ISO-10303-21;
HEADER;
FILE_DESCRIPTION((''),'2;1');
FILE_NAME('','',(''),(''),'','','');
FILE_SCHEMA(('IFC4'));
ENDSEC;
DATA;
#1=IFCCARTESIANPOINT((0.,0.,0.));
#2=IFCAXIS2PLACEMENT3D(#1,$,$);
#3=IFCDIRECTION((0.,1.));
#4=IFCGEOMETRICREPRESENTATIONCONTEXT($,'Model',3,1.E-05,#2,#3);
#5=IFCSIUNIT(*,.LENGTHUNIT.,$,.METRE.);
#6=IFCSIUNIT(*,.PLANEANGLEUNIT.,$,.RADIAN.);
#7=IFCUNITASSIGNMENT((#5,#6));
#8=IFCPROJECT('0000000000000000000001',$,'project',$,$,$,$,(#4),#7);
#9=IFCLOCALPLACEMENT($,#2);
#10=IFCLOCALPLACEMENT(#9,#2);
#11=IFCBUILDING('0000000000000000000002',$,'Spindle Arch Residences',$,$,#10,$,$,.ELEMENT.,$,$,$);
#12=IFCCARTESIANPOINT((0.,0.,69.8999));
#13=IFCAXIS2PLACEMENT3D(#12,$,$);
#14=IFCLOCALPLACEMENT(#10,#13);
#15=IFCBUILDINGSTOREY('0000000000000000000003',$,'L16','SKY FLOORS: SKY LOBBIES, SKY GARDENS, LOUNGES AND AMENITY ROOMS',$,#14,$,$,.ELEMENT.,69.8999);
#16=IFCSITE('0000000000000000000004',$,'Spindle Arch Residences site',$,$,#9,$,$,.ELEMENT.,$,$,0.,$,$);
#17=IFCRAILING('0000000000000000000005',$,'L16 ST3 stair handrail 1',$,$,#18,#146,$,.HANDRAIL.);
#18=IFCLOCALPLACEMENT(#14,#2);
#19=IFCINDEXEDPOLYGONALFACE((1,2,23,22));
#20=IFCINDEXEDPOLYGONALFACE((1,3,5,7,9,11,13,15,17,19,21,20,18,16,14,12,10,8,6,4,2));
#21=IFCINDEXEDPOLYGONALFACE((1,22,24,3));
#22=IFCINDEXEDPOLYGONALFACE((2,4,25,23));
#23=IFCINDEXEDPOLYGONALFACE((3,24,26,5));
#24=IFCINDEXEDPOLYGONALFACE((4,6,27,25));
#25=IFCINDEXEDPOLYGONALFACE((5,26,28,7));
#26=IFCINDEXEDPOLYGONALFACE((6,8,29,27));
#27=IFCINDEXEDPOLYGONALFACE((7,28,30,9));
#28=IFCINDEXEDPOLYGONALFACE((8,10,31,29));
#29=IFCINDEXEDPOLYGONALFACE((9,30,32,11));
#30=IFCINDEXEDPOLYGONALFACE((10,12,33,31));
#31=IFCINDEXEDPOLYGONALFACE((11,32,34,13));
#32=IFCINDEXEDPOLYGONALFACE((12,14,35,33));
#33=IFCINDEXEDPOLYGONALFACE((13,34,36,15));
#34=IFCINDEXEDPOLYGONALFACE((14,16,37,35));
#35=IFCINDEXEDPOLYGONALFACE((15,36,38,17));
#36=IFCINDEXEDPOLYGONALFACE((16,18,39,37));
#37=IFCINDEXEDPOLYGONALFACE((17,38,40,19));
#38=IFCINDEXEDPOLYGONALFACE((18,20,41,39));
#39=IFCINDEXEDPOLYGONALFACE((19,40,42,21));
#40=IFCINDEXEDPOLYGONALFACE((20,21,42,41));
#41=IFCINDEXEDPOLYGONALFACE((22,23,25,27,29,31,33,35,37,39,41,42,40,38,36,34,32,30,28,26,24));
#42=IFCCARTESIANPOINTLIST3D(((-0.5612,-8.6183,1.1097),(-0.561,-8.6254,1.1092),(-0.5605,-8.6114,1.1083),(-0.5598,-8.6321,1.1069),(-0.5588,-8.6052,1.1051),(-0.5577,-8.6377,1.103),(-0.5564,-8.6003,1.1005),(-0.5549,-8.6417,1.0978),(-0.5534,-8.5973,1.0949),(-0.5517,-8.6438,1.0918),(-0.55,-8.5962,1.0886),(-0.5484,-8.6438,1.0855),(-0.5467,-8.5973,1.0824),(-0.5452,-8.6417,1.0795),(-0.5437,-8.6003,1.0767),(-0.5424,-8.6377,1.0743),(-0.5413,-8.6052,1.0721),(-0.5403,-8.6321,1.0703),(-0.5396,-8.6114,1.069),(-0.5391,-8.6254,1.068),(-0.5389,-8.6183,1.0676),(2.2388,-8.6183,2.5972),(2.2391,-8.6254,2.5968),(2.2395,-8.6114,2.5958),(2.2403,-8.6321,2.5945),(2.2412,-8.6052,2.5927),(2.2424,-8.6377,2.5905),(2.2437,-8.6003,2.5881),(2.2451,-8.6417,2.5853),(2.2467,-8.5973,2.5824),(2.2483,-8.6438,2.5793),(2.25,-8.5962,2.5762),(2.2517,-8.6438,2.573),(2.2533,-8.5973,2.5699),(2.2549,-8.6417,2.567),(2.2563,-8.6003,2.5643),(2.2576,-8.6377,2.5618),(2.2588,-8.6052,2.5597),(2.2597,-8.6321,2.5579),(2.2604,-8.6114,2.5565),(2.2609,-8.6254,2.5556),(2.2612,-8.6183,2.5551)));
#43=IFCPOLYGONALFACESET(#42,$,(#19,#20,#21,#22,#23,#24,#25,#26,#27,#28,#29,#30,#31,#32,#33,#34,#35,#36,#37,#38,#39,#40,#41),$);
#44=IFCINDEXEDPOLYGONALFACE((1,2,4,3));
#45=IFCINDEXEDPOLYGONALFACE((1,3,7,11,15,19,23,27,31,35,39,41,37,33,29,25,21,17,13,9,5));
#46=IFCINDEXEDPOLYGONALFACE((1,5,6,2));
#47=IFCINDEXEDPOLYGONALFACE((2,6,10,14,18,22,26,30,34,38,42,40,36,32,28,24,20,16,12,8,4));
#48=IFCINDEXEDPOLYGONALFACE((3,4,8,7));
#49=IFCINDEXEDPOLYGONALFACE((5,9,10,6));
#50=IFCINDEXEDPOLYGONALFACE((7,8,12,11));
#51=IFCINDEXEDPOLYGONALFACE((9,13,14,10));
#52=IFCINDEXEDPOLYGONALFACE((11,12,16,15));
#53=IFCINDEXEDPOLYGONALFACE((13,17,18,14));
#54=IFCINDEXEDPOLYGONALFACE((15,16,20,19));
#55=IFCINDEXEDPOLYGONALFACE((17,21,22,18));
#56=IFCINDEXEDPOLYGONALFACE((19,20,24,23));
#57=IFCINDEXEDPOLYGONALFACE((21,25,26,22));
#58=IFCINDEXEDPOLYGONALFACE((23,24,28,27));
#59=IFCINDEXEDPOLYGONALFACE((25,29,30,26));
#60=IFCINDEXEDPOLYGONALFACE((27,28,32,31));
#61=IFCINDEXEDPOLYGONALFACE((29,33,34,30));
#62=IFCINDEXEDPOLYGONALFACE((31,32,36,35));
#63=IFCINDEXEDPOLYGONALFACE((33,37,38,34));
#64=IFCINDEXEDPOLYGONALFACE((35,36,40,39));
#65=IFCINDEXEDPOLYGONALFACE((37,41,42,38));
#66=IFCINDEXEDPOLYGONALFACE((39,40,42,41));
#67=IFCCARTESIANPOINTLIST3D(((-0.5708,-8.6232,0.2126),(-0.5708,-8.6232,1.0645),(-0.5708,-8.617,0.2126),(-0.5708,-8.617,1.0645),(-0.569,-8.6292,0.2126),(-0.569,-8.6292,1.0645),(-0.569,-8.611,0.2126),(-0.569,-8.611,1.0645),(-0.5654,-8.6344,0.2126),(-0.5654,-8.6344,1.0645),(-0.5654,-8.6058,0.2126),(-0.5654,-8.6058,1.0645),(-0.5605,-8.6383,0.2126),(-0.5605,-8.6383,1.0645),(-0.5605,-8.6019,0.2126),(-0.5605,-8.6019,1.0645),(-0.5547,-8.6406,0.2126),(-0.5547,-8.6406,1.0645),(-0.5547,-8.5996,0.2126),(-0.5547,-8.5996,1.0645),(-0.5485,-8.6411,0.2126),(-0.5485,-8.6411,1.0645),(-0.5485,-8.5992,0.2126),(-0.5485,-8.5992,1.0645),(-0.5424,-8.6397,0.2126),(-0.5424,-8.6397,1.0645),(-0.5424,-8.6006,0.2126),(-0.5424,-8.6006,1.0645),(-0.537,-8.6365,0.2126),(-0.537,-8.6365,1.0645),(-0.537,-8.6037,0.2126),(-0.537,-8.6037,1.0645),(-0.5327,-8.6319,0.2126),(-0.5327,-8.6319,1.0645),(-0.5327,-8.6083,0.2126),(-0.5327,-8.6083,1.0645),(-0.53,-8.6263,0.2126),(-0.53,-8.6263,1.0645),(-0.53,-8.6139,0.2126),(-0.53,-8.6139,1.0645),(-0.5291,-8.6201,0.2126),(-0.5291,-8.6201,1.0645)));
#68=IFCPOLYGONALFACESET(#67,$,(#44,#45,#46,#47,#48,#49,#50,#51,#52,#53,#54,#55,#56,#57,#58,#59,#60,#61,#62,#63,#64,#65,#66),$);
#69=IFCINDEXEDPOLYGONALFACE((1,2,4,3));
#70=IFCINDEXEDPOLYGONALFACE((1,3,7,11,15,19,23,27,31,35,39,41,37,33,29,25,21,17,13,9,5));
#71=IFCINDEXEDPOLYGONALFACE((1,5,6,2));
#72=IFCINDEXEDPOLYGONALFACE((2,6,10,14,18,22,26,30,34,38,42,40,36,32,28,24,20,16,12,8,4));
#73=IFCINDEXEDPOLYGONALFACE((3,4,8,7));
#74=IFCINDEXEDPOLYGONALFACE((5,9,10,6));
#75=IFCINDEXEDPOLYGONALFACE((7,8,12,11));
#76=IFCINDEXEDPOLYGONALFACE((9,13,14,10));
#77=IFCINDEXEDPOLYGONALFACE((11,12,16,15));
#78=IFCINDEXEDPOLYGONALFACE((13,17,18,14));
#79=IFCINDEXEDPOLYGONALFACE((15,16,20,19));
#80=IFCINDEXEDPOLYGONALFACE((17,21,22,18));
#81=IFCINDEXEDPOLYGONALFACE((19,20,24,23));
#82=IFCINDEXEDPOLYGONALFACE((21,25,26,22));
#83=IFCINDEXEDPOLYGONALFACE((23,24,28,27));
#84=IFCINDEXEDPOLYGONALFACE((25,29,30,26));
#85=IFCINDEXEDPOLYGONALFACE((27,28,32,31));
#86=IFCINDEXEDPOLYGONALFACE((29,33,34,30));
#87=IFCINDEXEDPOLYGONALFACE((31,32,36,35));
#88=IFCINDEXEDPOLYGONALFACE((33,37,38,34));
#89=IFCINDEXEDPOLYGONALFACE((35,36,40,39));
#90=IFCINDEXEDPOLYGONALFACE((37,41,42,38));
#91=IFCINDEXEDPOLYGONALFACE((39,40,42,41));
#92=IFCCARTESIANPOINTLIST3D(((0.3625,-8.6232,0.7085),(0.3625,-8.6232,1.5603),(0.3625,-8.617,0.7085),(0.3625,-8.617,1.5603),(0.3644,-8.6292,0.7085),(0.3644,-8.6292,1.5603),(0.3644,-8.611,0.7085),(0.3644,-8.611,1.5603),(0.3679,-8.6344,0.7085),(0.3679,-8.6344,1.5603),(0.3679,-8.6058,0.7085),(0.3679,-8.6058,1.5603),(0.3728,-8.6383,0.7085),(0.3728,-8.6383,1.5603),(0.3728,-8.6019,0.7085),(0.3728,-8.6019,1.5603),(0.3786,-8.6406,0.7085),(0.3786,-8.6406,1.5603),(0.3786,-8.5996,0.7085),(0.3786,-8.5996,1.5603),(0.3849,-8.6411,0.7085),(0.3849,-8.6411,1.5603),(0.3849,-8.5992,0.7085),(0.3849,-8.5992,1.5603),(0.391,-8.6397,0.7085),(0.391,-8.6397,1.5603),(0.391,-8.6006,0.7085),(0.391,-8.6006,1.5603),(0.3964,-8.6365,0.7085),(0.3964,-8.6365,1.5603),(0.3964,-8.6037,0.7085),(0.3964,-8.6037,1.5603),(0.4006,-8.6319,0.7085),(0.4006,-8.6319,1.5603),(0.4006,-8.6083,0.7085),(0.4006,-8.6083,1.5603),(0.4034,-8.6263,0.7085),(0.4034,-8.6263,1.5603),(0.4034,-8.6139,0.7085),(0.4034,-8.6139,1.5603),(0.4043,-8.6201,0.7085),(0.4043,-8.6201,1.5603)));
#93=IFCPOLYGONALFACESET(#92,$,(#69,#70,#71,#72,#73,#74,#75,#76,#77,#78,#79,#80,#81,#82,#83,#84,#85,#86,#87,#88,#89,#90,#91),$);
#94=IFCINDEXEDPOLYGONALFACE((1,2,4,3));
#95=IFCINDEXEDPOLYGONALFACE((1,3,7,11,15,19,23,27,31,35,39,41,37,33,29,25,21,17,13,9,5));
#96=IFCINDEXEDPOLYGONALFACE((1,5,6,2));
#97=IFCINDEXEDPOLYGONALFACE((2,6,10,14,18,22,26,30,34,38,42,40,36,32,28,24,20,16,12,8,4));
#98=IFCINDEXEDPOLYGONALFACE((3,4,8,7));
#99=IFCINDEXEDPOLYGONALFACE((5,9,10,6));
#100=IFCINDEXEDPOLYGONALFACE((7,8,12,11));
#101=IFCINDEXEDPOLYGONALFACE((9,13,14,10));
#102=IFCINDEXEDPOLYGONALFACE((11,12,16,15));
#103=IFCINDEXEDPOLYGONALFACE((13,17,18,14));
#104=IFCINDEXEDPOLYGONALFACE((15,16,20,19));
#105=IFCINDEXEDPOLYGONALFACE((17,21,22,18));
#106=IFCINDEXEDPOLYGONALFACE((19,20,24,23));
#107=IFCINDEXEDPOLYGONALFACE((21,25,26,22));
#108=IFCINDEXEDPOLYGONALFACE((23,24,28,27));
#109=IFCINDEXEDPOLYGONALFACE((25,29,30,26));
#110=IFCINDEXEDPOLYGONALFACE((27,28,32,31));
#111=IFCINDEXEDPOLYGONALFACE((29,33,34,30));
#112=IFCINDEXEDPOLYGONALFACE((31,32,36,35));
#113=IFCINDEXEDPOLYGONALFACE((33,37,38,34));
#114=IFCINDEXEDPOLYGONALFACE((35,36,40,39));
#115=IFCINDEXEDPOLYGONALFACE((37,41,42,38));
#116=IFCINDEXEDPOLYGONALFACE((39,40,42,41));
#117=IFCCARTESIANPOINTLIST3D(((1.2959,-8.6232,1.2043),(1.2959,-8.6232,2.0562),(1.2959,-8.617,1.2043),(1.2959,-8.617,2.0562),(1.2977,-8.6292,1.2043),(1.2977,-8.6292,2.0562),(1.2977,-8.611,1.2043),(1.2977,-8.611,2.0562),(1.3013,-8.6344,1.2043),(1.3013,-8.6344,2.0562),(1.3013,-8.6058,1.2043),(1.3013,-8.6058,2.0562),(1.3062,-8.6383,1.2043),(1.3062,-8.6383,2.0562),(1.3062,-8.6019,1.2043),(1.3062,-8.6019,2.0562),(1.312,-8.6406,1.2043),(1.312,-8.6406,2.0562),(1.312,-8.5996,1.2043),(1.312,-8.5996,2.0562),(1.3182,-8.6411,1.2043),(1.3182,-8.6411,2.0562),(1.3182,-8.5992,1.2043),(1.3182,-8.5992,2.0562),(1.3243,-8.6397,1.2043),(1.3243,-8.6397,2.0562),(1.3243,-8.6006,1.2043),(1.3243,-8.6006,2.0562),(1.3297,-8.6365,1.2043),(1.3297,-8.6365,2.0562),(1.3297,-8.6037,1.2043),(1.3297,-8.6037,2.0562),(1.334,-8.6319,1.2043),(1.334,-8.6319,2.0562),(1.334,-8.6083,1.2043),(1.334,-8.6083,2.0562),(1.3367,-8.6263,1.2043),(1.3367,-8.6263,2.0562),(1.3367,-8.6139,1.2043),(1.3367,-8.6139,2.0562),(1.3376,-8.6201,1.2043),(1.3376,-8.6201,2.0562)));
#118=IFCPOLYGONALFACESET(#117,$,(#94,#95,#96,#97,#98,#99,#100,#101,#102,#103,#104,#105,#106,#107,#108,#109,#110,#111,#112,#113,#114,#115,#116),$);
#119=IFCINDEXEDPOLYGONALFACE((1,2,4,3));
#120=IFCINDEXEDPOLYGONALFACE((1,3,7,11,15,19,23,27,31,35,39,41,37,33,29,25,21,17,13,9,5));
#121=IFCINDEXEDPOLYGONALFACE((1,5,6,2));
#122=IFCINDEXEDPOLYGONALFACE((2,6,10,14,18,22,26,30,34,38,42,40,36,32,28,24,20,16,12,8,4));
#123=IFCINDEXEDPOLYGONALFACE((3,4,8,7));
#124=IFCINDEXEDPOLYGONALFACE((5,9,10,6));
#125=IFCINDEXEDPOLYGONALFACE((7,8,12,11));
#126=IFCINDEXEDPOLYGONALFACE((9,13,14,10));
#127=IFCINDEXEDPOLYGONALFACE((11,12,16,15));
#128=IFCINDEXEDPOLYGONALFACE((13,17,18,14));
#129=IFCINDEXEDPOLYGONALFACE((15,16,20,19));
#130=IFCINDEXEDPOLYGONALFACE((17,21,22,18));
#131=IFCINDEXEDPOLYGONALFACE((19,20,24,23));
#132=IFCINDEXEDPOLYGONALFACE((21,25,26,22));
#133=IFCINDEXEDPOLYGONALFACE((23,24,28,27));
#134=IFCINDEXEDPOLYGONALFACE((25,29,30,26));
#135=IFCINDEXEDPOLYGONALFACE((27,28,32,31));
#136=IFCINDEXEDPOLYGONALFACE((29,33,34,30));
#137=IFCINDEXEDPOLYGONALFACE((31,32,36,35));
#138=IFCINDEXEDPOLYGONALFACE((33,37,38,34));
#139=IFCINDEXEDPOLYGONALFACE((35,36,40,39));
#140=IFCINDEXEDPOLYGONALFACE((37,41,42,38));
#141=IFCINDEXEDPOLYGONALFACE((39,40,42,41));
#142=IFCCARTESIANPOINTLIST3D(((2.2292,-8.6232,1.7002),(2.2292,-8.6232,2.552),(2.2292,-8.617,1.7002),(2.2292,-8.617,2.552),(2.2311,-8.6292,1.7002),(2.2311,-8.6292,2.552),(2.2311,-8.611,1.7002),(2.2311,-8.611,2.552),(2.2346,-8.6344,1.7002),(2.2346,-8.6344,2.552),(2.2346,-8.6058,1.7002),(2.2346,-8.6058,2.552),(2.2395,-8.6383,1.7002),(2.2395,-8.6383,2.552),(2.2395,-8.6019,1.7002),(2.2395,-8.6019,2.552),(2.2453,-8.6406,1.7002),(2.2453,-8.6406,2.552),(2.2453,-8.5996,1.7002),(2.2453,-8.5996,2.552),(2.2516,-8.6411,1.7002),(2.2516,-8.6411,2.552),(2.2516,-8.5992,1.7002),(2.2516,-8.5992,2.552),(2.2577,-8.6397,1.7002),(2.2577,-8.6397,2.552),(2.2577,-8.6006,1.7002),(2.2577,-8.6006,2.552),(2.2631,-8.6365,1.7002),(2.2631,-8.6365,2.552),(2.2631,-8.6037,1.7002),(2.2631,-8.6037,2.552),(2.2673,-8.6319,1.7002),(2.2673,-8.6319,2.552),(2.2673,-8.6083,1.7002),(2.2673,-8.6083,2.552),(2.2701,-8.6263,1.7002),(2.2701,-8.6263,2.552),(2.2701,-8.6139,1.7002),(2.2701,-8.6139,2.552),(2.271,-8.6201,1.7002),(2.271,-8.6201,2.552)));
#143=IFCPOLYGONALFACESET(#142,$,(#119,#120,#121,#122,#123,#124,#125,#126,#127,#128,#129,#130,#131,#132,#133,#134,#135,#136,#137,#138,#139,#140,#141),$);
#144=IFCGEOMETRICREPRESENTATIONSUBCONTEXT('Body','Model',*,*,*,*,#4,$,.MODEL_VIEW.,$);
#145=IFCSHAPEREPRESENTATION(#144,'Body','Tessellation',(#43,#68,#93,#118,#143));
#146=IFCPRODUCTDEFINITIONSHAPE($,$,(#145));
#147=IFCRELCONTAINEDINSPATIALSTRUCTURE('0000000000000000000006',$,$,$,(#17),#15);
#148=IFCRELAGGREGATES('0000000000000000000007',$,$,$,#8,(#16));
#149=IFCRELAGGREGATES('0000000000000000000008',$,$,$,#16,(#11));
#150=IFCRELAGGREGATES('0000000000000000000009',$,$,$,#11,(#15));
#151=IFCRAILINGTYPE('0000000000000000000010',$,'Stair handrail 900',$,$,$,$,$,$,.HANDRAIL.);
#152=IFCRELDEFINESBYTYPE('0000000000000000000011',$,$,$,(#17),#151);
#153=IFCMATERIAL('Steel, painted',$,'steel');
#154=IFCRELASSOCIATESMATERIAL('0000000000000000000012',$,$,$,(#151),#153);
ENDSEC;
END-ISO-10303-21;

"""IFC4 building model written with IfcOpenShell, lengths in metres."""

from ifc_helpers import new_model, si_unit, direction, frame, origin, origin_2d, place, context, subcontext, project, spatial, circle, extrude, material, type_object, element, save


model = new_model("IFC4")

# Units and contexts
model_context = context("Model", 3, precision=1e-05, world=origin(), true_north=direction((0.0, 1.0)))
body_context = subcontext(model_context, "Body", "Model", "MODEL_VIEW")
ifc_project = project(units=[si_unit("LENGTHUNIT", "METRE"), si_unit("PLANEANGLEUNIT", "RADIAN")], contexts=[model_context])

# Site, building, storey
site_placement = place(None, origin())
site = spatial("IfcSite", under=ifc_project, at=site_placement, Name="Spindle Arch Residences site", CompositionType="ELEMENT", RefElevation=0.0)
building_placement = place(site_placement, origin())
building = spatial("IfcBuilding", under=site, at=building_placement, Name="Spindle Arch Residences", CompositionType="ELEMENT")
storey_placement = place(building_placement, frame((0.0, 0.0, 69.8999)))
storey = spatial("IfcBuildingStorey", under=building, at=storey_placement, Name="L16", Description="SKY FLOORS: SKY LOBBIES, SKY GARDENS, LOUNGES AND AMENITY ROOMS", CompositionType="ELEMENT", Elevation=69.8999)

# Railing
ifc_material_1 = material(Name="Steel, painted", Category="steel")
railing_type_1 = type_object("IfcRailingType", Name="Stair handrail 900", PredefinedType="HANDRAIL", material=ifc_material_1)
for number, where, name in (
    (1, (-0.55, -8.6201, 0.2126), "L16 ST3 stair handrail 1"),
):
    element("IfcRailing", number, at=place(storey_placement, frame(where)), inside=storey, type_object=railing_type_1, Name=name, PredefinedType="HANDRAIL", context=body_context, shape_type="SweptSolid", body=[
        extrude(circle(Radius=0.0239, at=origin_2d()), frame((0.0, 0.0, 0.876), z_axis=(0.883113, 0.0, 0.469161), x_axis=(0.0, 1.0, 0.0)), (0.0, 0.0, 1.0), 3.1707),
        extrude(circle(Radius=0.021, at=origin_2d()), origin(), (0.0, 0.0, 1.0), 0.8518),
        extrude(circle(Radius=0.021, at=origin_2d()), frame((0.9333, 0.0, 0.4958)), (0.0, 0.0, 1.0), 0.8518),
        extrude(circle(Radius=0.021, at=origin_2d()), frame((1.8667, 0.0, 0.9917)), (0.0, 0.0, 1.0), 0.8518),
        extrude(circle(Radius=0.021, at=origin_2d()), frame((2.8, 0.0, 1.4875)), (0.0, 0.0, 1.0), 0.8518),
    ])

save(model, "model.ifc")
